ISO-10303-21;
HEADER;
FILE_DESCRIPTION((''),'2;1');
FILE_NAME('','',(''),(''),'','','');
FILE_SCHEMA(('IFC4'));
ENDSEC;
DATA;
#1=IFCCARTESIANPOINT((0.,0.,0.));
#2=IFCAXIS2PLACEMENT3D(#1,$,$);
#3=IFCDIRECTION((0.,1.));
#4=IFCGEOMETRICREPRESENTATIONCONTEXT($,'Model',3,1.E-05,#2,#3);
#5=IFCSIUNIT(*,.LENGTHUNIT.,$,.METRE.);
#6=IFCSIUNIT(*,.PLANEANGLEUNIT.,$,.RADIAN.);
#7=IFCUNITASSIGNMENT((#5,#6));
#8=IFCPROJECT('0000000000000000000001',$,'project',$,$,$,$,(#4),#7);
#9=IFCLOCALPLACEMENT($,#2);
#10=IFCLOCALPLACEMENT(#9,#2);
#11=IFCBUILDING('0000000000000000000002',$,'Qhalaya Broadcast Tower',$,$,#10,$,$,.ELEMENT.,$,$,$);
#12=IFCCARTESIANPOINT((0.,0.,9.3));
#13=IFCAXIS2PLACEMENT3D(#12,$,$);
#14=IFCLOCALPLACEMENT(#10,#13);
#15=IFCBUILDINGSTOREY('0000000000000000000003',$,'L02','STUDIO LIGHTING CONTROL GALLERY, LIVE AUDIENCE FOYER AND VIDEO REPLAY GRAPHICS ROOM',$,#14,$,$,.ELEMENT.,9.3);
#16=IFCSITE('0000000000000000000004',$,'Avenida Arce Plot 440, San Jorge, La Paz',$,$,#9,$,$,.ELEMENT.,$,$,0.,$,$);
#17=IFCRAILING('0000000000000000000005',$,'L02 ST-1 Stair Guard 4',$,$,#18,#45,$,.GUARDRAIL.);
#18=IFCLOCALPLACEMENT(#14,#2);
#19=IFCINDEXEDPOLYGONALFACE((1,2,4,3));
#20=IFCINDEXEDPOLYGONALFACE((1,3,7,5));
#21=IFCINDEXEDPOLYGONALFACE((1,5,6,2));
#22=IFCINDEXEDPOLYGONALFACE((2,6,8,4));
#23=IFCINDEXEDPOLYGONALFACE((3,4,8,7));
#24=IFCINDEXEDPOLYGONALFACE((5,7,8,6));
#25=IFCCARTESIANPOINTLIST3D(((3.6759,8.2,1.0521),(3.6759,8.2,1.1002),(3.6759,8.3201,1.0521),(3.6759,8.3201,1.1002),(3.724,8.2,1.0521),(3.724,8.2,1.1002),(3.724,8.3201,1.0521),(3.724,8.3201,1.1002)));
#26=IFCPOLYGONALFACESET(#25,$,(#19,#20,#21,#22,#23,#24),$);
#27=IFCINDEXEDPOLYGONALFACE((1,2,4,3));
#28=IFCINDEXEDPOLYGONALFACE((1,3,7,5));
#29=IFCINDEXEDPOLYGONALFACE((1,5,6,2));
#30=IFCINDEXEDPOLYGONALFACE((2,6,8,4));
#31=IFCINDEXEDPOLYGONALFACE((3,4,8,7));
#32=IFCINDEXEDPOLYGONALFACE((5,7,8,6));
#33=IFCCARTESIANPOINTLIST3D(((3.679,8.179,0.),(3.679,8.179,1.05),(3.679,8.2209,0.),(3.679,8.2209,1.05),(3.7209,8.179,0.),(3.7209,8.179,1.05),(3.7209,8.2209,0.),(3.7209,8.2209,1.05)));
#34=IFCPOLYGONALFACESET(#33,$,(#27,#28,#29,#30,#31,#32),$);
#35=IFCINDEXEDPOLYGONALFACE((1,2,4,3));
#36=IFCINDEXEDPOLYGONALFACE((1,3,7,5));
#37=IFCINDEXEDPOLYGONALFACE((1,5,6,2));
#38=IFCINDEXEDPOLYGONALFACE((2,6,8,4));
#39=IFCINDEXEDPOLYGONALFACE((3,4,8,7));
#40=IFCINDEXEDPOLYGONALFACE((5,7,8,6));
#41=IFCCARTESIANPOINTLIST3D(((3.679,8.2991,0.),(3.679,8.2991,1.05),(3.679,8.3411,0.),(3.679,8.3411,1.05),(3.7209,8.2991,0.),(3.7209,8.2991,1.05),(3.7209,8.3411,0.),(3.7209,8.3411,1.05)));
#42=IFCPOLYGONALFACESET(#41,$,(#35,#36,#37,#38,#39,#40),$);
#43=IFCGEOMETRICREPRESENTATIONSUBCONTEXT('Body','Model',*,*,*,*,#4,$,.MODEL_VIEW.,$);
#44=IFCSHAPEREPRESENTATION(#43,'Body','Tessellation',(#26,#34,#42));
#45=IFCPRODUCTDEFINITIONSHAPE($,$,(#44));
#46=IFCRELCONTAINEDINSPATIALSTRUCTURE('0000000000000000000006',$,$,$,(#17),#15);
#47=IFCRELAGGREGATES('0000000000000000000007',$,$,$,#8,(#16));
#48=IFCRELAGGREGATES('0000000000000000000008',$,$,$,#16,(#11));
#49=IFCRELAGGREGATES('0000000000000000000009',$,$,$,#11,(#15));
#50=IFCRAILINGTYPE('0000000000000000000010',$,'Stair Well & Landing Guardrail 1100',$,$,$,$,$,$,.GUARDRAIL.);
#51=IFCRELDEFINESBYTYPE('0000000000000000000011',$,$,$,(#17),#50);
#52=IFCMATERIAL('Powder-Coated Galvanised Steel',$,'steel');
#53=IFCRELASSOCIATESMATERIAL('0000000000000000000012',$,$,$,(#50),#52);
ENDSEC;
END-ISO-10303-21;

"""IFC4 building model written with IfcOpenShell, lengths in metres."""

from ifc_helpers import new_model, si_unit, direction, frame, origin, origin_2d, place, context, subcontext, project, spatial, rectangle, extrude, material, type_object, element, save


model = new_model("IFC4")

# Units and contexts
model_context = context("Model", 3, precision=1e-05, world=origin(), true_north=direction((0.0, 1.0)))
body_context = subcontext(model_context, "Body", "Model", "MODEL_VIEW")
ifc_project = project(units=[si_unit("LENGTHUNIT", "METRE"), si_unit("PLANEANGLEUNIT", "RADIAN")], contexts=[model_context])

# Site, building, storey
site_placement = place(None, origin())
site = spatial("IfcSite", under=ifc_project, at=site_placement, Name="Avenida Arce Plot 440, San Jorge, La Paz", CompositionType="ELEMENT", RefElevation=0.0)
building_placement = place(site_placement, origin())
building = spatial("IfcBuilding", under=site, at=building_placement, Name="Qhalaya Broadcast Tower", CompositionType="ELEMENT")
storey_placement = place(building_placement, frame((0.0, 0.0, 9.3)))
storey = spatial("IfcBuildingStorey", under=building, at=storey_placement, Name="L02", Description="STUDIO LIGHTING CONTROL GALLERY, LIVE AUDIENCE FOYER AND VIDEO REPLAY GRAPHICS ROOM", CompositionType="ELEMENT", Elevation=9.3)

# Railing
ifc_material_1 = material(Name="Powder-Coated Galvanised Steel", Category="steel")
railing_type_1 = type_object("IfcRailingType", Name="Stair Well & Landing Guardrail 1100", PredefinedType="GUARDRAIL", material=ifc_material_1)
railing_1_placement = place(storey_placement, frame((3.7, 8.2, 0.0)))
element("IfcRailing", 1, at=railing_1_placement, inside=storey, type_object=railing_type_1, Name="L02 ST-1 Stair Guard 4", PredefinedType="GUARDRAIL", context=body_context, shape_type="SweptSolid", body=[
    extrude(rectangle(XDim=0.0481, YDim=0.0481, at=origin_2d()), frame((0.0, 0.0, 1.0762), z_axis=(0.0, 1.0, 0.0), x_axis=(-1.0, 0.0, 0.0)), (0.0, 0.0, 1.0), 0.1201),
    extrude(rectangle(XDim=0.042, YDim=0.042, at=origin_2d()), origin(), (0.0, 0.0, 1.0), 1.05),
    extrude(rectangle(XDim=0.042, YDim=0.042, at=origin_2d()), frame((0.0, 0.1201, 0.0)), (0.0, 0.0, 1.0), 1.05),
])

save(model, "model.ifc")
